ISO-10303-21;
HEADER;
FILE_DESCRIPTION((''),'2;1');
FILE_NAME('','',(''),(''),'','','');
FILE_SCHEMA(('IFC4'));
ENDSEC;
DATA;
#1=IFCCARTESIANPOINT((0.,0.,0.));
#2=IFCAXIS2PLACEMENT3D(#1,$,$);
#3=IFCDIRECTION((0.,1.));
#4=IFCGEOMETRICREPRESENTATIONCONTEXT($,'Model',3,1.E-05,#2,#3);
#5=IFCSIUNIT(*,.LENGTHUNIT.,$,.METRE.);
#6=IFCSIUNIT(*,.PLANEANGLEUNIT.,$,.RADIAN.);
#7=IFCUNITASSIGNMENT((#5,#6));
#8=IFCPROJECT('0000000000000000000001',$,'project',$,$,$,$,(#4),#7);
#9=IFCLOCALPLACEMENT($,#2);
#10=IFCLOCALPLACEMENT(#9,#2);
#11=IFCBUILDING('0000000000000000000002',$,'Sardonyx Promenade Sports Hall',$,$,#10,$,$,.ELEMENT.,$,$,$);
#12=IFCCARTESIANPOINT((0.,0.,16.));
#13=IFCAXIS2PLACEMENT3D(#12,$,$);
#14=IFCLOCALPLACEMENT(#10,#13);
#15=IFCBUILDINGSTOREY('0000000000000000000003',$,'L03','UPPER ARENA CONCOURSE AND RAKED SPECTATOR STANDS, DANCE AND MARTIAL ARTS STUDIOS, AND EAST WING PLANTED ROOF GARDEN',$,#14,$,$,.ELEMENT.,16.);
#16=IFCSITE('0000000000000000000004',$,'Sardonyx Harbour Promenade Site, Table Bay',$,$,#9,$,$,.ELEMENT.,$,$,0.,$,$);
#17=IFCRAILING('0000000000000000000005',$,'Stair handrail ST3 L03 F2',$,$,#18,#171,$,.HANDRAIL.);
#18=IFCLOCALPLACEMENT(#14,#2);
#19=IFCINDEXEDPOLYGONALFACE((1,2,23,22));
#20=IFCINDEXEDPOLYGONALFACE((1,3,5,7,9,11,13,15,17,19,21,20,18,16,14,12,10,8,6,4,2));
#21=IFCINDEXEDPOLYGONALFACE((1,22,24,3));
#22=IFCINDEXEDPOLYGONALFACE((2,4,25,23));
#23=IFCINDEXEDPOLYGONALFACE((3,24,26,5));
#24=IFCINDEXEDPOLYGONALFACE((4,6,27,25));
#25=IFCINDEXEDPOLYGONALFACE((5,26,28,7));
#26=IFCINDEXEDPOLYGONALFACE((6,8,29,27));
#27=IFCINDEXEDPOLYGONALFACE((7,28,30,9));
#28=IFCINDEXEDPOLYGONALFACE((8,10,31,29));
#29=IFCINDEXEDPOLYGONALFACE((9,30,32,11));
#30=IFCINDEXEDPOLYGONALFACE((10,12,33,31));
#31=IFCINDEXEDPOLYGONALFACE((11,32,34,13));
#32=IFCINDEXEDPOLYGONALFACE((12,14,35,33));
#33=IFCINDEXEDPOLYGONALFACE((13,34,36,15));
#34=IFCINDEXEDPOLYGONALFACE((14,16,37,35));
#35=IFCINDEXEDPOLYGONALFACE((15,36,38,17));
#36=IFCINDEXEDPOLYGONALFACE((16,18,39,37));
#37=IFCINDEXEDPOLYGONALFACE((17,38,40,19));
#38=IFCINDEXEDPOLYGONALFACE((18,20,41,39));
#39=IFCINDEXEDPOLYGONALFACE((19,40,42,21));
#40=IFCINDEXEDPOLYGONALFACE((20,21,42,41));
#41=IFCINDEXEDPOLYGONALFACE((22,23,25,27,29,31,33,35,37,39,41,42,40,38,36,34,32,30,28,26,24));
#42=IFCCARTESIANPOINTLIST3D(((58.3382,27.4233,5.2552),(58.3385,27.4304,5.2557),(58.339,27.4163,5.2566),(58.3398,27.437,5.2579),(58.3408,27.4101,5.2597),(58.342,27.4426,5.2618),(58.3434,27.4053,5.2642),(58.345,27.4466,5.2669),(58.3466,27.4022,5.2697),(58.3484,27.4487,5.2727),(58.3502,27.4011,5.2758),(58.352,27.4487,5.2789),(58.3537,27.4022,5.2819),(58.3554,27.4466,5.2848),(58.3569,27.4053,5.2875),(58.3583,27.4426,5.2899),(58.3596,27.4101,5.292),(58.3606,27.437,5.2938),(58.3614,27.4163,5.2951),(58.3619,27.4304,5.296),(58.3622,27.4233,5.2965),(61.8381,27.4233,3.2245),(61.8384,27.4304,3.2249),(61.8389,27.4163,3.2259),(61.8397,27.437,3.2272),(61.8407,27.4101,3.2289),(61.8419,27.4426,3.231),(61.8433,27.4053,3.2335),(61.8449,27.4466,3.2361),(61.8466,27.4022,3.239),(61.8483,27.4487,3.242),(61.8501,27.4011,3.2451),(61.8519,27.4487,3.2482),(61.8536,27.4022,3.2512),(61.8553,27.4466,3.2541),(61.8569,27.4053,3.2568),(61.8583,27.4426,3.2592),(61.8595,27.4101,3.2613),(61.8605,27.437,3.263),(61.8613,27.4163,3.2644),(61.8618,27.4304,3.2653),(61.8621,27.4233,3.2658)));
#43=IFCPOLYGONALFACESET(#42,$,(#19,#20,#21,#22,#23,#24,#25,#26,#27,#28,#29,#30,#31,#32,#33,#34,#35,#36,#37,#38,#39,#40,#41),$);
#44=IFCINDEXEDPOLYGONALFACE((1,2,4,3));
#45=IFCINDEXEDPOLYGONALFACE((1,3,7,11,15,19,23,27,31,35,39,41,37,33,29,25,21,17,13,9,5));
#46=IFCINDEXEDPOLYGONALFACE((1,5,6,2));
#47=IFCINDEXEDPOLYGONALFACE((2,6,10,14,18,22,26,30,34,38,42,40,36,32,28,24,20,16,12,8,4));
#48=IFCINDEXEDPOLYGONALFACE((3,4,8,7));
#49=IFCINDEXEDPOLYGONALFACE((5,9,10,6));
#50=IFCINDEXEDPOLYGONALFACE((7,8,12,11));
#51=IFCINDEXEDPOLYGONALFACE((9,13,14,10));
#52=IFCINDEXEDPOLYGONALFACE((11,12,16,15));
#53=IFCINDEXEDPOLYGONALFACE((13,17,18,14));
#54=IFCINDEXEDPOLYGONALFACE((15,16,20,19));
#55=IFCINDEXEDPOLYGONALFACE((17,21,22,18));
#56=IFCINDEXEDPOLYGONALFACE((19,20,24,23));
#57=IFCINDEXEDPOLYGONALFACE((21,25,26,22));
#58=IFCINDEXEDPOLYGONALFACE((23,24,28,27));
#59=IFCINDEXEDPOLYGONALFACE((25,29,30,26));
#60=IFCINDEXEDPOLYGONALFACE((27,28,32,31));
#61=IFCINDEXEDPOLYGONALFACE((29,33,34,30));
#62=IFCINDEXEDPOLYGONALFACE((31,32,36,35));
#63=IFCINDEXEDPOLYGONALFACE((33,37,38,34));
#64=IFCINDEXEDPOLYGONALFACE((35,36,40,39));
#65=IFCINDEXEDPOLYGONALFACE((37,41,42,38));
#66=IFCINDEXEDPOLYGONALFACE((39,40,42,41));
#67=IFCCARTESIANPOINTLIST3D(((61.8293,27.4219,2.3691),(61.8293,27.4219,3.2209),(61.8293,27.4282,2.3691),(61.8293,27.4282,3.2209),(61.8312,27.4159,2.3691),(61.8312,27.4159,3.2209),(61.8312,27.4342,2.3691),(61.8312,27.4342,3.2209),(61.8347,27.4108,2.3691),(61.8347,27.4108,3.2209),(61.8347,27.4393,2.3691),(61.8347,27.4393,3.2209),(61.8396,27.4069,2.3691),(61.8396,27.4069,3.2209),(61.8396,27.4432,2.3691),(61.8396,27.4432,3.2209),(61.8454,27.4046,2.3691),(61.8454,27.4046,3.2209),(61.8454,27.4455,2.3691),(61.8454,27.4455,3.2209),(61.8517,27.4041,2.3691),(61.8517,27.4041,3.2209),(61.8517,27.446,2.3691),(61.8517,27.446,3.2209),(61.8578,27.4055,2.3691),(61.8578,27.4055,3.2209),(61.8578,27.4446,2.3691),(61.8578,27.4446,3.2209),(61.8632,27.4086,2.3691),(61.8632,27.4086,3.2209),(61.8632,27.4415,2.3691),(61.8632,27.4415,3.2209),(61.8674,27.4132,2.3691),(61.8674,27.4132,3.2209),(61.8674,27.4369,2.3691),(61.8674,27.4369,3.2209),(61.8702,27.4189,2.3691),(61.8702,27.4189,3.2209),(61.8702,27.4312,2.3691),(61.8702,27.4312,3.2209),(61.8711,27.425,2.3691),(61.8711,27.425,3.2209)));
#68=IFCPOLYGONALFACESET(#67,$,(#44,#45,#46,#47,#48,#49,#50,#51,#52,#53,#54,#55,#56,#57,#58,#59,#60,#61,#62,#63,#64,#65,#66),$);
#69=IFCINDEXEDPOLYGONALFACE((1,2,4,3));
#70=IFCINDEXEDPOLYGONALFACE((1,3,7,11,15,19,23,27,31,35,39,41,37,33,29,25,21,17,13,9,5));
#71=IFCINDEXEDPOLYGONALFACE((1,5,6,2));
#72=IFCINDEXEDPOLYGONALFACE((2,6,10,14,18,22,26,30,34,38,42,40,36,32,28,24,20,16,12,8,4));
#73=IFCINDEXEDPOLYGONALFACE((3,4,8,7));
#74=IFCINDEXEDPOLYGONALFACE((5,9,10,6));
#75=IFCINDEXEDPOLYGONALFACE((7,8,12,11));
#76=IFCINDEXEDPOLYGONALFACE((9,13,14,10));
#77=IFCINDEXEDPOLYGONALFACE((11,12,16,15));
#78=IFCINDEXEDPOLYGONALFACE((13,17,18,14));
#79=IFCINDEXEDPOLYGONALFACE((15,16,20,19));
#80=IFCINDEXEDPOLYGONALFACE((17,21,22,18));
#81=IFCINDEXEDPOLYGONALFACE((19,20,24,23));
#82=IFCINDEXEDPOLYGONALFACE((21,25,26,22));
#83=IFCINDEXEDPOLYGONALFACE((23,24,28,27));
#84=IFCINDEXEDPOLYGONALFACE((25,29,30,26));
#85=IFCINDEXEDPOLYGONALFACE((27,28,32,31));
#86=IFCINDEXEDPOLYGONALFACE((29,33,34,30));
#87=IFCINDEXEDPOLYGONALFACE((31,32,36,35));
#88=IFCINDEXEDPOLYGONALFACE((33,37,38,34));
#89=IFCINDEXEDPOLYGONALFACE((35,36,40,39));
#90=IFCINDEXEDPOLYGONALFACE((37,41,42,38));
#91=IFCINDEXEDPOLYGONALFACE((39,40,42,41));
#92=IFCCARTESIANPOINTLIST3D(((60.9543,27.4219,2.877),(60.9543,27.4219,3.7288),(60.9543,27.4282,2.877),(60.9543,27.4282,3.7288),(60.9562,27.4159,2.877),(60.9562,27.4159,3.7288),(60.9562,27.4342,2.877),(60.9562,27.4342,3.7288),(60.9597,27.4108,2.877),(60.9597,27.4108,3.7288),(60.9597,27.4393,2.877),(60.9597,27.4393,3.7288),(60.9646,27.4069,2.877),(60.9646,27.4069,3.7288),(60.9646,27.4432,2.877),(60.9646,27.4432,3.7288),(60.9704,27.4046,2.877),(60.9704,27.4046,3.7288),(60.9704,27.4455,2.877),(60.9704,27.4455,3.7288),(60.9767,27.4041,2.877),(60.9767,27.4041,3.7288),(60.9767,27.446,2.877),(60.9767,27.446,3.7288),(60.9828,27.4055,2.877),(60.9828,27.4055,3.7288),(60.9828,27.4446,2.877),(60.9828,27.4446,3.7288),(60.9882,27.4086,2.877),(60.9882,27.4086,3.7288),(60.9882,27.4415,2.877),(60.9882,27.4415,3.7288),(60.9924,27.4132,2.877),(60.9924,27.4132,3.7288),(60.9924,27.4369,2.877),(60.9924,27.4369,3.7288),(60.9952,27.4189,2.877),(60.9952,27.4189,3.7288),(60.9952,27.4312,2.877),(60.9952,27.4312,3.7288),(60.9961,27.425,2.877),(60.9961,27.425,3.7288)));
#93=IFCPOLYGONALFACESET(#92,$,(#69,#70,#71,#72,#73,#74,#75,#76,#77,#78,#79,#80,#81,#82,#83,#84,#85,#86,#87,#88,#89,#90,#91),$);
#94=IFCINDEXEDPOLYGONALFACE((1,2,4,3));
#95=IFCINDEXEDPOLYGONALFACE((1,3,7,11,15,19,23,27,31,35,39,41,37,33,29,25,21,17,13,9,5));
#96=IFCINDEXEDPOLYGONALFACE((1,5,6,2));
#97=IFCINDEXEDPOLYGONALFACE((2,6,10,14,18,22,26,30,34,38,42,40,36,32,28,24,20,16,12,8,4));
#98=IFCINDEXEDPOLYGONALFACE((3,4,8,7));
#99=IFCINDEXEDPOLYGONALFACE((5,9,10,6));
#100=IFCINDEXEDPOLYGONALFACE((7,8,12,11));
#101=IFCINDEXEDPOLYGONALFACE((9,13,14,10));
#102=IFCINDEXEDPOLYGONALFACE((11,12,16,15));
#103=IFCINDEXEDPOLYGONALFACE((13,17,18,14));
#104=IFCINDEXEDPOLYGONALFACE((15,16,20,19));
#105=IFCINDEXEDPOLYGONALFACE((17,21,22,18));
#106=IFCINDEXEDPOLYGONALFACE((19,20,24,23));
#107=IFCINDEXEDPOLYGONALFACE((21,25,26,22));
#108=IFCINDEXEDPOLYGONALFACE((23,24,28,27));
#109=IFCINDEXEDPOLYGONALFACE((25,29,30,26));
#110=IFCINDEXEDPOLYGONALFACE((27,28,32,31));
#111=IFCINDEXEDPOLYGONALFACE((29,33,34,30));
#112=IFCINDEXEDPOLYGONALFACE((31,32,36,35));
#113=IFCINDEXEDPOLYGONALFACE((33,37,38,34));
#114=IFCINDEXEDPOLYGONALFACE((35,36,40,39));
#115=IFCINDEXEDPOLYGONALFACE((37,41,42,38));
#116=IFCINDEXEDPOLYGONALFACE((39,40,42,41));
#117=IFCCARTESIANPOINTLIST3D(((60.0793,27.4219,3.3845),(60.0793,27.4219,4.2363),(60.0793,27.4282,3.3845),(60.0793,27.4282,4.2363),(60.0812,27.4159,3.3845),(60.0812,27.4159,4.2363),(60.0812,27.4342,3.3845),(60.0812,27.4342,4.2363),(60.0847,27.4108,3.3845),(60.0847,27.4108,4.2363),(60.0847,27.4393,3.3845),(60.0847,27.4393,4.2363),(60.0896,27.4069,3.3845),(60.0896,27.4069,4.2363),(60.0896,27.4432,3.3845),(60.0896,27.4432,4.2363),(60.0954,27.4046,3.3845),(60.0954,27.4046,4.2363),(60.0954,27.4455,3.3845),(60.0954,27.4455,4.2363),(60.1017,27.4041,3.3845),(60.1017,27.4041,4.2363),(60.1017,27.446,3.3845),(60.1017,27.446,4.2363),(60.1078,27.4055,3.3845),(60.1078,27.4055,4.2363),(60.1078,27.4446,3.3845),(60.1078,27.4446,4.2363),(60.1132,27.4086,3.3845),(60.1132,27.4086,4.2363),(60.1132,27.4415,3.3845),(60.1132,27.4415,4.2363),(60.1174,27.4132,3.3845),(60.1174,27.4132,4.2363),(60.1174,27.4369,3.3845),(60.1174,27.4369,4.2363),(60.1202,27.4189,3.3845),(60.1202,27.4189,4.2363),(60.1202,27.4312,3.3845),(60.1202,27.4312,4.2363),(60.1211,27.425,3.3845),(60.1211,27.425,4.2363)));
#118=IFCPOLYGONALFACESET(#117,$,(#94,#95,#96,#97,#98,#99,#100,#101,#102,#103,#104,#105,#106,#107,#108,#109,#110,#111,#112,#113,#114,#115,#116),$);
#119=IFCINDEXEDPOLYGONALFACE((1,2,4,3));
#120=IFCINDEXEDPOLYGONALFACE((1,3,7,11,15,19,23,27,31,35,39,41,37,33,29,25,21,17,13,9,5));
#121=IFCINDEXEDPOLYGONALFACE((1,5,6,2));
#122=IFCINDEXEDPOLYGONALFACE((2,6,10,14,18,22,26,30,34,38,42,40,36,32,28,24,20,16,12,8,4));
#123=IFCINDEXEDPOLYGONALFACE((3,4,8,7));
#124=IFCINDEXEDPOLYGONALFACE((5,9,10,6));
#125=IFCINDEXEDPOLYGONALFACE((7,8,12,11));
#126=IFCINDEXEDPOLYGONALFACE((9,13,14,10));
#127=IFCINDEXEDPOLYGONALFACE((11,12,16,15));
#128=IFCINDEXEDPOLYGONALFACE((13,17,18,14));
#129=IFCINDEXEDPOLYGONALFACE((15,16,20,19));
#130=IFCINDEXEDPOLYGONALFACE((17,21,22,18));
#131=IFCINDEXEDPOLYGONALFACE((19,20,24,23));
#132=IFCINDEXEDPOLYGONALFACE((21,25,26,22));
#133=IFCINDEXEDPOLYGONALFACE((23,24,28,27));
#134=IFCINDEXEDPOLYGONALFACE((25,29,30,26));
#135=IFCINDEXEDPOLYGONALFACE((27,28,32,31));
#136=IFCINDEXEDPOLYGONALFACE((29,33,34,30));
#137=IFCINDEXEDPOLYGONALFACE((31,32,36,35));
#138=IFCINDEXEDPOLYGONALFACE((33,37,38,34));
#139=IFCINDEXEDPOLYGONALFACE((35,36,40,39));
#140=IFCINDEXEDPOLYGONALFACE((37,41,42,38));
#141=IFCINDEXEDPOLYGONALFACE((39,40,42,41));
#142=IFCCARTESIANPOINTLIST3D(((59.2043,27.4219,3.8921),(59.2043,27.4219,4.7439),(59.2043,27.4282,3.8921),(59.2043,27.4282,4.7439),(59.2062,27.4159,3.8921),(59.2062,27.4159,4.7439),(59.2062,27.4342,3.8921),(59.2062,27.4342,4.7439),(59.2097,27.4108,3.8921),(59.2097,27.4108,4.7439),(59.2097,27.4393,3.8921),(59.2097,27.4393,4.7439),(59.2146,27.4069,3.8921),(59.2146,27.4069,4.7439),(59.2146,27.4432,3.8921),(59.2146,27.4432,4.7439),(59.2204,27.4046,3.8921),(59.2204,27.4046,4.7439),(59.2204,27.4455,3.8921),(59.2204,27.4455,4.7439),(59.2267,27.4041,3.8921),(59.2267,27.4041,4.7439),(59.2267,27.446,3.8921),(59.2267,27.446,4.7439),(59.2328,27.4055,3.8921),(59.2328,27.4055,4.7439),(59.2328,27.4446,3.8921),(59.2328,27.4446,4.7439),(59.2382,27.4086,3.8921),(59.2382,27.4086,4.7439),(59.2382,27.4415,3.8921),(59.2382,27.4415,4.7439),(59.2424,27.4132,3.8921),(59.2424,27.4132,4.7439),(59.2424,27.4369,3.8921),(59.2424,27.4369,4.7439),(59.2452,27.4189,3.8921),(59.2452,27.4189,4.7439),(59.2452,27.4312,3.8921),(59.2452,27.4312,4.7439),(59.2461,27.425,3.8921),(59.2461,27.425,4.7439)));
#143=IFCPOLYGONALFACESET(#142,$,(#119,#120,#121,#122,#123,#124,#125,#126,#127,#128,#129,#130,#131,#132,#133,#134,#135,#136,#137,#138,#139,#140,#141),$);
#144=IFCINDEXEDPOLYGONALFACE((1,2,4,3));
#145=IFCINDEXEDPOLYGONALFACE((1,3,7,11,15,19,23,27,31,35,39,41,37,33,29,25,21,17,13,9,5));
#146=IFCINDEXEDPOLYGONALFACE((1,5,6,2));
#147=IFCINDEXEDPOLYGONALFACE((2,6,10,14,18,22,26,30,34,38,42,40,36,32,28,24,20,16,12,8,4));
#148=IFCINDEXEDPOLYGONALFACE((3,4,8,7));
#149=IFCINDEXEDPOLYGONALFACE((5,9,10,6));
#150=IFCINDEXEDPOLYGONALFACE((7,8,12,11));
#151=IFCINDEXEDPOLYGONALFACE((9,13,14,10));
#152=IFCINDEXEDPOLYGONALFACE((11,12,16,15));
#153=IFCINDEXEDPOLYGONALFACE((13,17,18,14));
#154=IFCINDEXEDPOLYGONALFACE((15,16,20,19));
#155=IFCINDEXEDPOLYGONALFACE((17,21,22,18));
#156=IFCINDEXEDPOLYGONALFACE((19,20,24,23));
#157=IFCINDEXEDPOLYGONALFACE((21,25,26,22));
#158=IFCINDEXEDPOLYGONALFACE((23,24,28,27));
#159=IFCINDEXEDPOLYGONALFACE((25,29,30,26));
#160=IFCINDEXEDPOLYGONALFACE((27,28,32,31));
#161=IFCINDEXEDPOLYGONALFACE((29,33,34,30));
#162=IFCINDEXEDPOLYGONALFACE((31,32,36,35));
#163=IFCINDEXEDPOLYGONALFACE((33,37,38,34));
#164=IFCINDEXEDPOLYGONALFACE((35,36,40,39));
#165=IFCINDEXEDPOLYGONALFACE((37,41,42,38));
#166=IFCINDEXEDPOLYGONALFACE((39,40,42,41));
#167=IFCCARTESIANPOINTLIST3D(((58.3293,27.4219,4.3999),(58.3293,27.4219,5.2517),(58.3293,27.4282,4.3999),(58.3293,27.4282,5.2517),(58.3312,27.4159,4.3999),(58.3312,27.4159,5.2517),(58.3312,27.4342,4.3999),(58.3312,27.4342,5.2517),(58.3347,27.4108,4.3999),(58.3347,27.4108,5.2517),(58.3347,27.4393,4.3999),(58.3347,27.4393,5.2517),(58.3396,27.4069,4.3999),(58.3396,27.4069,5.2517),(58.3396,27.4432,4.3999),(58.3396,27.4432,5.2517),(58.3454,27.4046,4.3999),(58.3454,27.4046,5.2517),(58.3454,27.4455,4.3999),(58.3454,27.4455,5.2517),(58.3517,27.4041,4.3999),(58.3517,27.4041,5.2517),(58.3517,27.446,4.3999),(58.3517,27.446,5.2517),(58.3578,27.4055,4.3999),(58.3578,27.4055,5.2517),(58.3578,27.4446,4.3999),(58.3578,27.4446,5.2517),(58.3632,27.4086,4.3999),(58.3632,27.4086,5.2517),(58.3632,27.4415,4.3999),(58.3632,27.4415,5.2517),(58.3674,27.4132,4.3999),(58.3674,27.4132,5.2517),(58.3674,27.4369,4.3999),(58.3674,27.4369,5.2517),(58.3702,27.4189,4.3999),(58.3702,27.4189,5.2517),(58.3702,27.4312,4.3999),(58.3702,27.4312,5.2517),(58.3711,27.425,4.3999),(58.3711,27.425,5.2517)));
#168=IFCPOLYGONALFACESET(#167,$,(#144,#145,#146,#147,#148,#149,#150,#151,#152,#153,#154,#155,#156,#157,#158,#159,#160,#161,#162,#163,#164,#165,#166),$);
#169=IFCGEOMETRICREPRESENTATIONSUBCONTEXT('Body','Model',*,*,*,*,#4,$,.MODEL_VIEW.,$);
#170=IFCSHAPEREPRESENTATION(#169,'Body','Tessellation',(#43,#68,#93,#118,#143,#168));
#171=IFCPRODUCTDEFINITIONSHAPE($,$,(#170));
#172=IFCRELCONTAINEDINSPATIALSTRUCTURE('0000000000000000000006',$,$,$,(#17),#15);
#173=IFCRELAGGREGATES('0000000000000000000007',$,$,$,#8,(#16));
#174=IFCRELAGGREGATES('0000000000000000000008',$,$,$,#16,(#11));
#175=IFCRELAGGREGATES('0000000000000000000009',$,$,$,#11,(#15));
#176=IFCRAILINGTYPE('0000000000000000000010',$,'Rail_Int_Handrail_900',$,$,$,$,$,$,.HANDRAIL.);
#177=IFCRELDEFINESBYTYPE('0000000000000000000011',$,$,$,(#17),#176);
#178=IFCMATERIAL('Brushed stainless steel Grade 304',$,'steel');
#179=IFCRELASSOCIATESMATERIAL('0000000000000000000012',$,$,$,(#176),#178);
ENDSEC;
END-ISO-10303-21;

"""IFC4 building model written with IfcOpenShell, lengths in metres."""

from ifc_helpers import new_model, si_unit, direction, frame, origin, origin_2d, place, context, subcontext, project, spatial, circle, extrude, material, type_object, element, save


model = new_model("IFC4")

# Units and contexts
model_context = context("Model", 3, precision=1e-05, world=origin(), true_north=direction((0.0, 1.0)))
body_context = subcontext(model_context, "Body", "Model", "MODEL_VIEW")
ifc_project = project(units=[si_unit("LENGTHUNIT", "METRE"), si_unit("PLANEANGLEUNIT", "RADIAN")], contexts=[model_context])

# Site, building, storey
site_placement = place(None, origin())
site = spatial("IfcSite", under=ifc_project, at=site_placement, Name="Sardonyx Harbour Promenade Site, Table Bay", CompositionType="ELEMENT", RefElevation=0.0)
building_placement = place(site_placement, origin())
building = spatial("IfcBuilding", under=site, at=building_placement, Name="Sardonyx Promenade Sports Hall", CompositionType="ELEMENT")
storey_placement = place(building_placement, frame((0.0, 0.0, 16.0)))
storey = spatial("IfcBuildingStorey", under=building, at=storey_placement, Name="L03", Description="UPPER ARENA CONCOURSE AND RAKED SPECTATOR STANDS, DANCE AND MARTIAL ARTS STUDIOS, AND EAST WING PLANTED ROOF GARDEN", CompositionType="ELEMENT", Elevation=16.0)

# Railing
ifc_material_1 = material(Name="Brushed stainless steel Grade 304", Category="steel")
railing_type_1 = type_object("IfcRailingType", Name="Rail_Int_Handrail_900", PredefinedType="HANDRAIL", material=ifc_material_1)
railing_1_placement = place(storey_placement, frame((61.8501, 27.425, 2.3691)))
element("IfcRailing", 1, at=railing_1_placement, inside=storey, type_object=railing_type_1, Name="Stair handrail ST3 L03 F2", PredefinedType="HANDRAIL", context=body_context, shape_type="SweptSolid", body=[
    extrude(circle(Radius=0.0239, at=origin_2d()), frame((0.0, 0.0, 0.876), z_axis=(-0.864949, 0.0, 0.501859), x_axis=(0.0, -1.0, 0.0)), (0.0, 0.0, 1.0), 4.0464),
    extrude(circle(Radius=0.021, at=origin_2d()), origin(), (0.0, 0.0, 1.0), 0.8518),
    extrude(circle(Radius=0.021, at=origin_2d()), frame((-0.875, 0.0, 0.5078)), (0.0, 0.0, 1.0), 0.8518),
    extrude(circle(Radius=0.021, at=origin_2d()), frame((-1.75, 0.0, 1.0154)), (0.0, 0.0, 1.0), 0.8518),
    extrude(circle(Radius=0.021, at=origin_2d()), frame((-2.625, 0.0, 1.5229)), (0.0, 0.0, 1.0), 0.8518),
    extrude(circle(Radius=0.021, at=origin_2d()), frame((-3.5, 0.0, 2.0308)), (0.0, 0.0, 1.0), 0.8518),
])

save(model, "model.ifc")
